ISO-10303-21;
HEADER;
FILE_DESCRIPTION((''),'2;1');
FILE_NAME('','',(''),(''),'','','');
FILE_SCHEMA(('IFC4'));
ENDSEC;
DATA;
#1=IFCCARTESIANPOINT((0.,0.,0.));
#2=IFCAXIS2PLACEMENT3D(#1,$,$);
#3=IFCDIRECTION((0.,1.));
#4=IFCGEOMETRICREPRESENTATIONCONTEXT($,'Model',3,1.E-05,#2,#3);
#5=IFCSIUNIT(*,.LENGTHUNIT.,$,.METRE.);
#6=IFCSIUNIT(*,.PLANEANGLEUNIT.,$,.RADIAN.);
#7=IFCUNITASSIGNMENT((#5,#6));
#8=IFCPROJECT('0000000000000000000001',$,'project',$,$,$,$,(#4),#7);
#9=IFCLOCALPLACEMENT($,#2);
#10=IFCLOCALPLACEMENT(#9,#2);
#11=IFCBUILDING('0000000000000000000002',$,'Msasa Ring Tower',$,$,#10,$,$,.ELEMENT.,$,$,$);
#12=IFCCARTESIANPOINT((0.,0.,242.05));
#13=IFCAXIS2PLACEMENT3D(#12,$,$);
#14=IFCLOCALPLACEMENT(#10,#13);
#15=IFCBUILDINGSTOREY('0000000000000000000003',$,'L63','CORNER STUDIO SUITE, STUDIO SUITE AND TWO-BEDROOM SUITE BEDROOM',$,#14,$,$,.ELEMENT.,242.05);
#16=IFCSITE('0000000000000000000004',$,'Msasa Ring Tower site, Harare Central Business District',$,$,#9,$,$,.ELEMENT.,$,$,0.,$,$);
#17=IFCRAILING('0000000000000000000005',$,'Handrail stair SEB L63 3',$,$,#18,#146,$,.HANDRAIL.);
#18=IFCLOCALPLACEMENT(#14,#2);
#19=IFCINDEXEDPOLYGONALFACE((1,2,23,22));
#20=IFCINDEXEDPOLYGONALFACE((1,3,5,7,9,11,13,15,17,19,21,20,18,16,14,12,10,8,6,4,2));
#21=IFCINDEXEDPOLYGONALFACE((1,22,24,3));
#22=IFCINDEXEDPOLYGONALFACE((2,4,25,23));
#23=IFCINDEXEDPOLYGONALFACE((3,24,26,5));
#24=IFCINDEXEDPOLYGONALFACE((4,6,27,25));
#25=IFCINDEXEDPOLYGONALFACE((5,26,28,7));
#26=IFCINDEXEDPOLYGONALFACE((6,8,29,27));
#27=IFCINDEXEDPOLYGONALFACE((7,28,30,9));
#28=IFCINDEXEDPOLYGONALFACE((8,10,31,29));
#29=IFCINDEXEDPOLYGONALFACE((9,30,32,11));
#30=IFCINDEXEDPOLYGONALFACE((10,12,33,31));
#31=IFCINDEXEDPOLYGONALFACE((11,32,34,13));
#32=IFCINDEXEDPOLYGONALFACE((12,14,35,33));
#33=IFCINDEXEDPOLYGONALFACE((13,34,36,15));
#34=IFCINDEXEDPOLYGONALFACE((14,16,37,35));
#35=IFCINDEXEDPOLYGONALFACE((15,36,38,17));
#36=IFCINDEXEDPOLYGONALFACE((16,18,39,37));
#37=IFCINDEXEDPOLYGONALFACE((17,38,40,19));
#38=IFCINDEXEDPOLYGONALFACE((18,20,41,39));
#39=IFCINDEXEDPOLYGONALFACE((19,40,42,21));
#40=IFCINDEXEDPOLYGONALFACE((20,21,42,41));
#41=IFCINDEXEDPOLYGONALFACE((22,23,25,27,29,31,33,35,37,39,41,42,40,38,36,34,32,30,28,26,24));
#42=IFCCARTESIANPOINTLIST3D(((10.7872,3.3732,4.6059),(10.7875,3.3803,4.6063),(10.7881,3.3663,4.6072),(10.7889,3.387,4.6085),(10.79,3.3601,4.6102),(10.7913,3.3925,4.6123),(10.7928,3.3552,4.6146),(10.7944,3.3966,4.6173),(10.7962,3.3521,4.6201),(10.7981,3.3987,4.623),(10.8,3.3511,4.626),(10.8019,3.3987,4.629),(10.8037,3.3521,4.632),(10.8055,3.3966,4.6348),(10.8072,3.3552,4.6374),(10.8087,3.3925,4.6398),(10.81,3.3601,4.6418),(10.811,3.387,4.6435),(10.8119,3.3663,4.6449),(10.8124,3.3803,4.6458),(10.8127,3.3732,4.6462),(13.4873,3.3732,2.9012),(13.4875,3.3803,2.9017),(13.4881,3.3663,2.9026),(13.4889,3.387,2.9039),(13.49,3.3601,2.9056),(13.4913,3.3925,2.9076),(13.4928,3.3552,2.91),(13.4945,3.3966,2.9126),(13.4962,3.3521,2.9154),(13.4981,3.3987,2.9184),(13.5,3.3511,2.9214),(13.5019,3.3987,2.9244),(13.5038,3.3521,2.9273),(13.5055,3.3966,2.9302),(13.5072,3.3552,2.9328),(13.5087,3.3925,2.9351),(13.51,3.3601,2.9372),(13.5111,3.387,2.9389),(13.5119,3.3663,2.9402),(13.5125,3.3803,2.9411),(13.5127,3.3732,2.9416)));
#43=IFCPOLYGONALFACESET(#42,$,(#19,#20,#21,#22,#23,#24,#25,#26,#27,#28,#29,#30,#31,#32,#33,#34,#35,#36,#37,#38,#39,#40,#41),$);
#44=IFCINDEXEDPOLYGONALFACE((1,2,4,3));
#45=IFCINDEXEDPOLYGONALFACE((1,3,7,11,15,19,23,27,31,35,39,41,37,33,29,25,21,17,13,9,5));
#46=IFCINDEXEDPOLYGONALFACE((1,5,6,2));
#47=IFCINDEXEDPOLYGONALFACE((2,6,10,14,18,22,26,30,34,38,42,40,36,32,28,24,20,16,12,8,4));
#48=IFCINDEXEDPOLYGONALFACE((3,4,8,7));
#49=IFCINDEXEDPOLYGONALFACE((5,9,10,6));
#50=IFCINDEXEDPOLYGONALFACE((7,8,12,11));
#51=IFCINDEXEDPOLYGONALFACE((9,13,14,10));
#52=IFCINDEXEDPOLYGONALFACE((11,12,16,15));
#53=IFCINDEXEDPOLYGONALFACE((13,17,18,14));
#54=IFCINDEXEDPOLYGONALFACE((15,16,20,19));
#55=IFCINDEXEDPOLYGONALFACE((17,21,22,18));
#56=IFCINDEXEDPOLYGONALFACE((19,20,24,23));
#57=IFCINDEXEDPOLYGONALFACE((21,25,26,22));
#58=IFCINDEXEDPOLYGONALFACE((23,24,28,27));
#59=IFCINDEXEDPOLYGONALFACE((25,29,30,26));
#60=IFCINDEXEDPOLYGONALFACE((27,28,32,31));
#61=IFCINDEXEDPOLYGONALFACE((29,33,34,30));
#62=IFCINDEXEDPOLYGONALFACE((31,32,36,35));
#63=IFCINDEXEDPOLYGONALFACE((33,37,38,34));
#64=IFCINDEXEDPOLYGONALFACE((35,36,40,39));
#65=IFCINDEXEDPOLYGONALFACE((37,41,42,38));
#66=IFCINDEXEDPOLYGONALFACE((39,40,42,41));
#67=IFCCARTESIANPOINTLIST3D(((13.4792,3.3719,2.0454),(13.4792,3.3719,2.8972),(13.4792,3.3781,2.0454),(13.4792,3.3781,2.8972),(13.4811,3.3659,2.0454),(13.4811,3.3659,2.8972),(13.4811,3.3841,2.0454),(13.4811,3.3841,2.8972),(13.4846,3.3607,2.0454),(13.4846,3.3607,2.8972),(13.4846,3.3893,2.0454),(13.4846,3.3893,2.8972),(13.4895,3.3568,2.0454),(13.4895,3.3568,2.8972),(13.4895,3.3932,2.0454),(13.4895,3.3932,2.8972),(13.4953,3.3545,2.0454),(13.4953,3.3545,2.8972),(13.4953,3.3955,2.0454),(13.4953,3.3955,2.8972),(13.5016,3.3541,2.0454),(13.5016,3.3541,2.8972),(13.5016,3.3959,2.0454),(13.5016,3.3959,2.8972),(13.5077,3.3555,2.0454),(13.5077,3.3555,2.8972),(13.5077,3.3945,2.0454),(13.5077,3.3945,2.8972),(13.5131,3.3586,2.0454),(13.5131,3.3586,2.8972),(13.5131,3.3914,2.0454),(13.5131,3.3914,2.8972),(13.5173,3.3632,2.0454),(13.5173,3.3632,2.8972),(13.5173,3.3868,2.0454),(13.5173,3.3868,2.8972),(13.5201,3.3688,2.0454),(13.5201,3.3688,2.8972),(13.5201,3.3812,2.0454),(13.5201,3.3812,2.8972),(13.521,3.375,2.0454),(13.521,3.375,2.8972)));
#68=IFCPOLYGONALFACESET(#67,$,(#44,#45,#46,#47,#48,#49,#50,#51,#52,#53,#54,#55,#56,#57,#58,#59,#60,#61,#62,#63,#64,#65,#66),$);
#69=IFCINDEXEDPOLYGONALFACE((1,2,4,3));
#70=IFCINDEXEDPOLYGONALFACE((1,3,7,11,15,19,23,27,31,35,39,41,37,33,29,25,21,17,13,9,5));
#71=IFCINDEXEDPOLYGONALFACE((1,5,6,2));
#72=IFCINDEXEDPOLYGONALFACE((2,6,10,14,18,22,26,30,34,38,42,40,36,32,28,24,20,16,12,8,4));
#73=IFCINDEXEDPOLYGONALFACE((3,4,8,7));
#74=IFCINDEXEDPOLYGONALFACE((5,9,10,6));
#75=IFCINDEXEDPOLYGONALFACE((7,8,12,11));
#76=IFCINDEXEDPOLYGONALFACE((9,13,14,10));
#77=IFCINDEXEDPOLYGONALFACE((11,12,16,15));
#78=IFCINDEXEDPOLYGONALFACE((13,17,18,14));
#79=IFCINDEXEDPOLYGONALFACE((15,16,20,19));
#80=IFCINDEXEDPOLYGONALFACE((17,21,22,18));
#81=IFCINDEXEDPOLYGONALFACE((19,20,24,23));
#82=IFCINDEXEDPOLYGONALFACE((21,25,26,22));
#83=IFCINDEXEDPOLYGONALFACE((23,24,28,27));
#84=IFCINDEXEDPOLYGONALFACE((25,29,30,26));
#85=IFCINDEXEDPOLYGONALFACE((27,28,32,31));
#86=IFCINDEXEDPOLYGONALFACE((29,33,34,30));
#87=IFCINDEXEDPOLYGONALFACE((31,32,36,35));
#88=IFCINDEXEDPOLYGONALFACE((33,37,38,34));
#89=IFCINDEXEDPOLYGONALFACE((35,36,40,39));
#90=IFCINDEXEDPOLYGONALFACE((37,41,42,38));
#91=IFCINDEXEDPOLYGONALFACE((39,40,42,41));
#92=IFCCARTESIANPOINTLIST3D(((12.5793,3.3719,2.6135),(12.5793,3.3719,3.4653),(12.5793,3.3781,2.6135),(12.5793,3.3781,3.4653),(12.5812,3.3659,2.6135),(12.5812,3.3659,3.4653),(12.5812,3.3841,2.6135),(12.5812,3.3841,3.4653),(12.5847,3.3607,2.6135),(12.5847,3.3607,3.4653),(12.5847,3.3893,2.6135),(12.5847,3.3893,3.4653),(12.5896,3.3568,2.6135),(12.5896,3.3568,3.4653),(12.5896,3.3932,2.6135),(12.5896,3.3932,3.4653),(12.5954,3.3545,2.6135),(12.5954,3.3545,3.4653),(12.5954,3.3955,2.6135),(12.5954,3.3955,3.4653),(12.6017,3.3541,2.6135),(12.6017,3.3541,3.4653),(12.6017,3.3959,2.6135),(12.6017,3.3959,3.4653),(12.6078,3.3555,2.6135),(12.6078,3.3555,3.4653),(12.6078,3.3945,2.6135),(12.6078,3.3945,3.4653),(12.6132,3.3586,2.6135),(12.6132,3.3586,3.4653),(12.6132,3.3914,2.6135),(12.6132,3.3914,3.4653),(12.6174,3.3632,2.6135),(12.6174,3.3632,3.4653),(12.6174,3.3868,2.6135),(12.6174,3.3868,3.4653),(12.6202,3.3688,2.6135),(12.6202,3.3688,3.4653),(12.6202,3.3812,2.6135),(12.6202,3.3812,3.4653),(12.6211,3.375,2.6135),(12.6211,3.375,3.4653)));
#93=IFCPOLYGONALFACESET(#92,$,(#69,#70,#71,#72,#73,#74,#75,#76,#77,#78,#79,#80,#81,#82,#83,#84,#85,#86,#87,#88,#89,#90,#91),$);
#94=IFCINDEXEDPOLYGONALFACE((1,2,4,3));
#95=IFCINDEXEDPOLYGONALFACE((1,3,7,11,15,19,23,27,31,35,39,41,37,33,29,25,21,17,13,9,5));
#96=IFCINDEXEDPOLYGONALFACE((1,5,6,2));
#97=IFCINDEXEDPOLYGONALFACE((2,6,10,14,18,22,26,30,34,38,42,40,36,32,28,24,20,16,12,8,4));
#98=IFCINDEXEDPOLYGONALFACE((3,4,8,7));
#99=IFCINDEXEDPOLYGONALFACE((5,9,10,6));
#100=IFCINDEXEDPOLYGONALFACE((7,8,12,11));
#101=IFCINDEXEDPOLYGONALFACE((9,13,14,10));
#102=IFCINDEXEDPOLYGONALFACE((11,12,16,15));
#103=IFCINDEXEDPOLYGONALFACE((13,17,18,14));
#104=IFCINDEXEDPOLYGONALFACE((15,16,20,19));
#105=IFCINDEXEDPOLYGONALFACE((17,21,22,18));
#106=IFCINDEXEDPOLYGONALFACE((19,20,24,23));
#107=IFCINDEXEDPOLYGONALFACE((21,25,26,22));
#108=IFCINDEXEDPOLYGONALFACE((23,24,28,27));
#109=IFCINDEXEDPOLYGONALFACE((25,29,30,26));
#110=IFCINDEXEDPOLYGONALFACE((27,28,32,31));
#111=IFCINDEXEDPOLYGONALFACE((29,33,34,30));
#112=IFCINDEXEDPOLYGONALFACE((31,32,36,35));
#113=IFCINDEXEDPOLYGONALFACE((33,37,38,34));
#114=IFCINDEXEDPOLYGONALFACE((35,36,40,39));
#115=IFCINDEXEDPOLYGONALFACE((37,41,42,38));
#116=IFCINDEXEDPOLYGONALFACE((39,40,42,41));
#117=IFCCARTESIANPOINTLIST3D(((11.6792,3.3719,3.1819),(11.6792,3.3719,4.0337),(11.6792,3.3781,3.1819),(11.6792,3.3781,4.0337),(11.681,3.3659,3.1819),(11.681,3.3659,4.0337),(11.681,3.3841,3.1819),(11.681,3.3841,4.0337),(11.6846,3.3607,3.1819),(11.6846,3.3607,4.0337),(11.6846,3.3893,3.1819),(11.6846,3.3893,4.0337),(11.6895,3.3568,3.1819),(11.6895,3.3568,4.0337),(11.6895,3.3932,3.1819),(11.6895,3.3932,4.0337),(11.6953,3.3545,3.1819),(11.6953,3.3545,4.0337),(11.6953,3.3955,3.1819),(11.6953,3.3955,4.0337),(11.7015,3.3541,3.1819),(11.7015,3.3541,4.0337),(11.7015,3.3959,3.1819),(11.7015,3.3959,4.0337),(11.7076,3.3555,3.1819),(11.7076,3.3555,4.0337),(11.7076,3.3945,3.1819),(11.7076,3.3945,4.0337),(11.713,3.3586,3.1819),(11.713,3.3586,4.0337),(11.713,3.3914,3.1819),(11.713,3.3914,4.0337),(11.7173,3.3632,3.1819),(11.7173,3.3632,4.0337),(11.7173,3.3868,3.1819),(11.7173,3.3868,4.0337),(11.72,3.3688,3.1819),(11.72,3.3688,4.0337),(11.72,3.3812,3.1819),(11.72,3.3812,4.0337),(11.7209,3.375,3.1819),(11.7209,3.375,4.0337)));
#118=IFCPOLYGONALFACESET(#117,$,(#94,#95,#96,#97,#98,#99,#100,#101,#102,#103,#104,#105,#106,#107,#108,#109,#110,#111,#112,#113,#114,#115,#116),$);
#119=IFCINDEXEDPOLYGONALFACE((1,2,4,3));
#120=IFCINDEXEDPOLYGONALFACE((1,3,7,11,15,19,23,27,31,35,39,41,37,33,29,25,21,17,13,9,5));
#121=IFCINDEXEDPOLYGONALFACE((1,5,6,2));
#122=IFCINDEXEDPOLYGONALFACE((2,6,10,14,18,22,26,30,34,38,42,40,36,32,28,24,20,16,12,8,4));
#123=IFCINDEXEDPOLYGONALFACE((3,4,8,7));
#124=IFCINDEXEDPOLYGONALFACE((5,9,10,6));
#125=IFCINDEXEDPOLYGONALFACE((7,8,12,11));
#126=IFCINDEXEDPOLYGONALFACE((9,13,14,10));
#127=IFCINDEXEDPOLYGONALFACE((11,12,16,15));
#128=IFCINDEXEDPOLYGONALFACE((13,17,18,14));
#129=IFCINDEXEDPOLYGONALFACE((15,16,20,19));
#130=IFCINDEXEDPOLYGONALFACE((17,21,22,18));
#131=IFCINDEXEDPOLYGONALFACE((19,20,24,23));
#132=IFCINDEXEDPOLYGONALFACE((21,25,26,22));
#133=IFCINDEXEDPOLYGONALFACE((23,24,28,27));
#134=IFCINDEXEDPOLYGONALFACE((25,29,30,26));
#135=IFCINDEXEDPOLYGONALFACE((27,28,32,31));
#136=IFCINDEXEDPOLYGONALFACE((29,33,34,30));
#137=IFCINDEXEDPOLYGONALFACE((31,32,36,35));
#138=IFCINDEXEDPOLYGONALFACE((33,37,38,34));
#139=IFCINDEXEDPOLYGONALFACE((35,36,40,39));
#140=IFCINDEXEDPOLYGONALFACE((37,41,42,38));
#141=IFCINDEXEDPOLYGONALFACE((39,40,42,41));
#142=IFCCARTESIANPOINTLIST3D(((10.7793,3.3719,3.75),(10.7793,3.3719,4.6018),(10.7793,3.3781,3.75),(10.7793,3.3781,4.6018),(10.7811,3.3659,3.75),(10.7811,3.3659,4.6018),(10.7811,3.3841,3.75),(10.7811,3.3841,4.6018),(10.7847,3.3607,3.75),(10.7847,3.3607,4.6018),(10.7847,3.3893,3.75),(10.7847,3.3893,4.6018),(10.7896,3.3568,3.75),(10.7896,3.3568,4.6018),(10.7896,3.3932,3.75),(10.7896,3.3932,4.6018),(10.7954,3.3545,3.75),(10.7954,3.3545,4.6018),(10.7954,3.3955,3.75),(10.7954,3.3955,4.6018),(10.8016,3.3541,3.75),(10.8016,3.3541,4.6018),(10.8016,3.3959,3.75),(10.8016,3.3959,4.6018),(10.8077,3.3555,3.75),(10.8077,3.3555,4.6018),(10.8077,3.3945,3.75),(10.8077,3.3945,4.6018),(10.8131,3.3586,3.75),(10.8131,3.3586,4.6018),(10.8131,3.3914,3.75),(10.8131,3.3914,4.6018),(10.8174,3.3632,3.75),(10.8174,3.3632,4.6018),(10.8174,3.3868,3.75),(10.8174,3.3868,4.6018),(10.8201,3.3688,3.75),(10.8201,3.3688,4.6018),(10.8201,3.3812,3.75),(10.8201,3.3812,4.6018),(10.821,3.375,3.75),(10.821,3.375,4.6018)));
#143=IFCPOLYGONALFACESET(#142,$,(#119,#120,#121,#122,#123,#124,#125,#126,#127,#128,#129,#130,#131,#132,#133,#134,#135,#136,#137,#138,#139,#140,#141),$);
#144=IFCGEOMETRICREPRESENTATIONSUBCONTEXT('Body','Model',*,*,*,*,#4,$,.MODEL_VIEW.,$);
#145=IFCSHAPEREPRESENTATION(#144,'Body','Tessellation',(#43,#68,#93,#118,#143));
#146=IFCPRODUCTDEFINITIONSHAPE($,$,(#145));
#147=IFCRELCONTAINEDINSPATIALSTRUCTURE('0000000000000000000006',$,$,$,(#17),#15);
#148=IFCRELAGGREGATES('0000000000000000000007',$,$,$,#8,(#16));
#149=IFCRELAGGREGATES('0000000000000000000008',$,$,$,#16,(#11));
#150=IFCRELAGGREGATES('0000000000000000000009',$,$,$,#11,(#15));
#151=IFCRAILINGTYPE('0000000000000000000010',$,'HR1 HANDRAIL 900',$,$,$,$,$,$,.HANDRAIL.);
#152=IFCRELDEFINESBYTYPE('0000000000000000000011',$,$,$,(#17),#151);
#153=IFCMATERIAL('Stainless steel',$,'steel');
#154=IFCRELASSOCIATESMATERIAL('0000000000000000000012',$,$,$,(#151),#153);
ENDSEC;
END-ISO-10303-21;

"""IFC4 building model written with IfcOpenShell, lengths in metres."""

from ifc_helpers import new_model, si_unit, direction, frame, origin, origin_2d, place, context, subcontext, project, spatial, circle, extrude, material, type_object, element, save


model = new_model("IFC4")

# Units and contexts
model_context = context("Model", 3, precision=1e-05, world=origin(), true_north=direction((0.0, 1.0)))
body_context = subcontext(model_context, "Body", "Model", "MODEL_VIEW")
ifc_project = project(units=[si_unit("LENGTHUNIT", "METRE"), si_unit("PLANEANGLEUNIT", "RADIAN")], contexts=[model_context])

# Site, building, storey
site_placement = place(None, origin())
site = spatial("IfcSite", under=ifc_project, at=site_placement, Name="Msasa Ring Tower site, Harare Central Business District", CompositionType="ELEMENT", RefElevation=0.0)
building_placement = place(site_placement, origin())
building = spatial("IfcBuilding", under=site, at=building_placement, Name="Msasa Ring Tower", CompositionType="ELEMENT")
storey_placement = place(building_placement, frame((0.0, 0.0, 242.05)))
storey = spatial("IfcBuildingStorey", under=building, at=storey_placement, Name="L63", Description="CORNER STUDIO SUITE, STUDIO SUITE AND TWO-BEDROOM SUITE BEDROOM", CompositionType="ELEMENT", Elevation=242.05)

# Railing
ifc_material_1 = material(Name="Stainless steel", Category="steel")
railing_type = type_object("IfcRailingType", Name="HR1 HANDRAIL 900", PredefinedType="HANDRAIL", material=ifc_material_1)
for number, where, name in (
    (1, (13.5, 3.375, 2.0454), "Handrail stair SEB L63 3"),
):
    element("IfcRailing", number, at=place(storey_placement, frame(where)), inside=storey, type_object=railing_type, Name=name, PredefinedType="HANDRAIL", context=body_context, shape_type="SweptSolid", body=[
        extrude(circle(Radius=0.0239, at=origin_2d()), frame((0.0, 0.0, 0.876), z_axis=(-0.84558, 0.0, 0.533849), x_axis=(0.0, -1.0, 0.0)), (0.0, 0.0, 1.0), 3.1931),
        extrude(circle(Radius=0.021, at=origin_2d()), origin(), (0.0, 0.0, 1.0), 0.8518),
        extrude(circle(Radius=0.021, at=origin_2d()), frame((-0.8999, 0.0, 0.5681)), (0.0, 0.0, 1.0), 0.8518),
        extrude(circle(Radius=0.021, at=origin_2d()), frame((-1.8, 0.0, 1.1365)), (0.0, 0.0, 1.0), 0.8518),
        extrude(circle(Radius=0.021, at=origin_2d()), frame((-2.7, 0.0, 1.7046)), (0.0, 0.0, 1.0), 0.8518),
    ])

save(model, "model.ifc")
